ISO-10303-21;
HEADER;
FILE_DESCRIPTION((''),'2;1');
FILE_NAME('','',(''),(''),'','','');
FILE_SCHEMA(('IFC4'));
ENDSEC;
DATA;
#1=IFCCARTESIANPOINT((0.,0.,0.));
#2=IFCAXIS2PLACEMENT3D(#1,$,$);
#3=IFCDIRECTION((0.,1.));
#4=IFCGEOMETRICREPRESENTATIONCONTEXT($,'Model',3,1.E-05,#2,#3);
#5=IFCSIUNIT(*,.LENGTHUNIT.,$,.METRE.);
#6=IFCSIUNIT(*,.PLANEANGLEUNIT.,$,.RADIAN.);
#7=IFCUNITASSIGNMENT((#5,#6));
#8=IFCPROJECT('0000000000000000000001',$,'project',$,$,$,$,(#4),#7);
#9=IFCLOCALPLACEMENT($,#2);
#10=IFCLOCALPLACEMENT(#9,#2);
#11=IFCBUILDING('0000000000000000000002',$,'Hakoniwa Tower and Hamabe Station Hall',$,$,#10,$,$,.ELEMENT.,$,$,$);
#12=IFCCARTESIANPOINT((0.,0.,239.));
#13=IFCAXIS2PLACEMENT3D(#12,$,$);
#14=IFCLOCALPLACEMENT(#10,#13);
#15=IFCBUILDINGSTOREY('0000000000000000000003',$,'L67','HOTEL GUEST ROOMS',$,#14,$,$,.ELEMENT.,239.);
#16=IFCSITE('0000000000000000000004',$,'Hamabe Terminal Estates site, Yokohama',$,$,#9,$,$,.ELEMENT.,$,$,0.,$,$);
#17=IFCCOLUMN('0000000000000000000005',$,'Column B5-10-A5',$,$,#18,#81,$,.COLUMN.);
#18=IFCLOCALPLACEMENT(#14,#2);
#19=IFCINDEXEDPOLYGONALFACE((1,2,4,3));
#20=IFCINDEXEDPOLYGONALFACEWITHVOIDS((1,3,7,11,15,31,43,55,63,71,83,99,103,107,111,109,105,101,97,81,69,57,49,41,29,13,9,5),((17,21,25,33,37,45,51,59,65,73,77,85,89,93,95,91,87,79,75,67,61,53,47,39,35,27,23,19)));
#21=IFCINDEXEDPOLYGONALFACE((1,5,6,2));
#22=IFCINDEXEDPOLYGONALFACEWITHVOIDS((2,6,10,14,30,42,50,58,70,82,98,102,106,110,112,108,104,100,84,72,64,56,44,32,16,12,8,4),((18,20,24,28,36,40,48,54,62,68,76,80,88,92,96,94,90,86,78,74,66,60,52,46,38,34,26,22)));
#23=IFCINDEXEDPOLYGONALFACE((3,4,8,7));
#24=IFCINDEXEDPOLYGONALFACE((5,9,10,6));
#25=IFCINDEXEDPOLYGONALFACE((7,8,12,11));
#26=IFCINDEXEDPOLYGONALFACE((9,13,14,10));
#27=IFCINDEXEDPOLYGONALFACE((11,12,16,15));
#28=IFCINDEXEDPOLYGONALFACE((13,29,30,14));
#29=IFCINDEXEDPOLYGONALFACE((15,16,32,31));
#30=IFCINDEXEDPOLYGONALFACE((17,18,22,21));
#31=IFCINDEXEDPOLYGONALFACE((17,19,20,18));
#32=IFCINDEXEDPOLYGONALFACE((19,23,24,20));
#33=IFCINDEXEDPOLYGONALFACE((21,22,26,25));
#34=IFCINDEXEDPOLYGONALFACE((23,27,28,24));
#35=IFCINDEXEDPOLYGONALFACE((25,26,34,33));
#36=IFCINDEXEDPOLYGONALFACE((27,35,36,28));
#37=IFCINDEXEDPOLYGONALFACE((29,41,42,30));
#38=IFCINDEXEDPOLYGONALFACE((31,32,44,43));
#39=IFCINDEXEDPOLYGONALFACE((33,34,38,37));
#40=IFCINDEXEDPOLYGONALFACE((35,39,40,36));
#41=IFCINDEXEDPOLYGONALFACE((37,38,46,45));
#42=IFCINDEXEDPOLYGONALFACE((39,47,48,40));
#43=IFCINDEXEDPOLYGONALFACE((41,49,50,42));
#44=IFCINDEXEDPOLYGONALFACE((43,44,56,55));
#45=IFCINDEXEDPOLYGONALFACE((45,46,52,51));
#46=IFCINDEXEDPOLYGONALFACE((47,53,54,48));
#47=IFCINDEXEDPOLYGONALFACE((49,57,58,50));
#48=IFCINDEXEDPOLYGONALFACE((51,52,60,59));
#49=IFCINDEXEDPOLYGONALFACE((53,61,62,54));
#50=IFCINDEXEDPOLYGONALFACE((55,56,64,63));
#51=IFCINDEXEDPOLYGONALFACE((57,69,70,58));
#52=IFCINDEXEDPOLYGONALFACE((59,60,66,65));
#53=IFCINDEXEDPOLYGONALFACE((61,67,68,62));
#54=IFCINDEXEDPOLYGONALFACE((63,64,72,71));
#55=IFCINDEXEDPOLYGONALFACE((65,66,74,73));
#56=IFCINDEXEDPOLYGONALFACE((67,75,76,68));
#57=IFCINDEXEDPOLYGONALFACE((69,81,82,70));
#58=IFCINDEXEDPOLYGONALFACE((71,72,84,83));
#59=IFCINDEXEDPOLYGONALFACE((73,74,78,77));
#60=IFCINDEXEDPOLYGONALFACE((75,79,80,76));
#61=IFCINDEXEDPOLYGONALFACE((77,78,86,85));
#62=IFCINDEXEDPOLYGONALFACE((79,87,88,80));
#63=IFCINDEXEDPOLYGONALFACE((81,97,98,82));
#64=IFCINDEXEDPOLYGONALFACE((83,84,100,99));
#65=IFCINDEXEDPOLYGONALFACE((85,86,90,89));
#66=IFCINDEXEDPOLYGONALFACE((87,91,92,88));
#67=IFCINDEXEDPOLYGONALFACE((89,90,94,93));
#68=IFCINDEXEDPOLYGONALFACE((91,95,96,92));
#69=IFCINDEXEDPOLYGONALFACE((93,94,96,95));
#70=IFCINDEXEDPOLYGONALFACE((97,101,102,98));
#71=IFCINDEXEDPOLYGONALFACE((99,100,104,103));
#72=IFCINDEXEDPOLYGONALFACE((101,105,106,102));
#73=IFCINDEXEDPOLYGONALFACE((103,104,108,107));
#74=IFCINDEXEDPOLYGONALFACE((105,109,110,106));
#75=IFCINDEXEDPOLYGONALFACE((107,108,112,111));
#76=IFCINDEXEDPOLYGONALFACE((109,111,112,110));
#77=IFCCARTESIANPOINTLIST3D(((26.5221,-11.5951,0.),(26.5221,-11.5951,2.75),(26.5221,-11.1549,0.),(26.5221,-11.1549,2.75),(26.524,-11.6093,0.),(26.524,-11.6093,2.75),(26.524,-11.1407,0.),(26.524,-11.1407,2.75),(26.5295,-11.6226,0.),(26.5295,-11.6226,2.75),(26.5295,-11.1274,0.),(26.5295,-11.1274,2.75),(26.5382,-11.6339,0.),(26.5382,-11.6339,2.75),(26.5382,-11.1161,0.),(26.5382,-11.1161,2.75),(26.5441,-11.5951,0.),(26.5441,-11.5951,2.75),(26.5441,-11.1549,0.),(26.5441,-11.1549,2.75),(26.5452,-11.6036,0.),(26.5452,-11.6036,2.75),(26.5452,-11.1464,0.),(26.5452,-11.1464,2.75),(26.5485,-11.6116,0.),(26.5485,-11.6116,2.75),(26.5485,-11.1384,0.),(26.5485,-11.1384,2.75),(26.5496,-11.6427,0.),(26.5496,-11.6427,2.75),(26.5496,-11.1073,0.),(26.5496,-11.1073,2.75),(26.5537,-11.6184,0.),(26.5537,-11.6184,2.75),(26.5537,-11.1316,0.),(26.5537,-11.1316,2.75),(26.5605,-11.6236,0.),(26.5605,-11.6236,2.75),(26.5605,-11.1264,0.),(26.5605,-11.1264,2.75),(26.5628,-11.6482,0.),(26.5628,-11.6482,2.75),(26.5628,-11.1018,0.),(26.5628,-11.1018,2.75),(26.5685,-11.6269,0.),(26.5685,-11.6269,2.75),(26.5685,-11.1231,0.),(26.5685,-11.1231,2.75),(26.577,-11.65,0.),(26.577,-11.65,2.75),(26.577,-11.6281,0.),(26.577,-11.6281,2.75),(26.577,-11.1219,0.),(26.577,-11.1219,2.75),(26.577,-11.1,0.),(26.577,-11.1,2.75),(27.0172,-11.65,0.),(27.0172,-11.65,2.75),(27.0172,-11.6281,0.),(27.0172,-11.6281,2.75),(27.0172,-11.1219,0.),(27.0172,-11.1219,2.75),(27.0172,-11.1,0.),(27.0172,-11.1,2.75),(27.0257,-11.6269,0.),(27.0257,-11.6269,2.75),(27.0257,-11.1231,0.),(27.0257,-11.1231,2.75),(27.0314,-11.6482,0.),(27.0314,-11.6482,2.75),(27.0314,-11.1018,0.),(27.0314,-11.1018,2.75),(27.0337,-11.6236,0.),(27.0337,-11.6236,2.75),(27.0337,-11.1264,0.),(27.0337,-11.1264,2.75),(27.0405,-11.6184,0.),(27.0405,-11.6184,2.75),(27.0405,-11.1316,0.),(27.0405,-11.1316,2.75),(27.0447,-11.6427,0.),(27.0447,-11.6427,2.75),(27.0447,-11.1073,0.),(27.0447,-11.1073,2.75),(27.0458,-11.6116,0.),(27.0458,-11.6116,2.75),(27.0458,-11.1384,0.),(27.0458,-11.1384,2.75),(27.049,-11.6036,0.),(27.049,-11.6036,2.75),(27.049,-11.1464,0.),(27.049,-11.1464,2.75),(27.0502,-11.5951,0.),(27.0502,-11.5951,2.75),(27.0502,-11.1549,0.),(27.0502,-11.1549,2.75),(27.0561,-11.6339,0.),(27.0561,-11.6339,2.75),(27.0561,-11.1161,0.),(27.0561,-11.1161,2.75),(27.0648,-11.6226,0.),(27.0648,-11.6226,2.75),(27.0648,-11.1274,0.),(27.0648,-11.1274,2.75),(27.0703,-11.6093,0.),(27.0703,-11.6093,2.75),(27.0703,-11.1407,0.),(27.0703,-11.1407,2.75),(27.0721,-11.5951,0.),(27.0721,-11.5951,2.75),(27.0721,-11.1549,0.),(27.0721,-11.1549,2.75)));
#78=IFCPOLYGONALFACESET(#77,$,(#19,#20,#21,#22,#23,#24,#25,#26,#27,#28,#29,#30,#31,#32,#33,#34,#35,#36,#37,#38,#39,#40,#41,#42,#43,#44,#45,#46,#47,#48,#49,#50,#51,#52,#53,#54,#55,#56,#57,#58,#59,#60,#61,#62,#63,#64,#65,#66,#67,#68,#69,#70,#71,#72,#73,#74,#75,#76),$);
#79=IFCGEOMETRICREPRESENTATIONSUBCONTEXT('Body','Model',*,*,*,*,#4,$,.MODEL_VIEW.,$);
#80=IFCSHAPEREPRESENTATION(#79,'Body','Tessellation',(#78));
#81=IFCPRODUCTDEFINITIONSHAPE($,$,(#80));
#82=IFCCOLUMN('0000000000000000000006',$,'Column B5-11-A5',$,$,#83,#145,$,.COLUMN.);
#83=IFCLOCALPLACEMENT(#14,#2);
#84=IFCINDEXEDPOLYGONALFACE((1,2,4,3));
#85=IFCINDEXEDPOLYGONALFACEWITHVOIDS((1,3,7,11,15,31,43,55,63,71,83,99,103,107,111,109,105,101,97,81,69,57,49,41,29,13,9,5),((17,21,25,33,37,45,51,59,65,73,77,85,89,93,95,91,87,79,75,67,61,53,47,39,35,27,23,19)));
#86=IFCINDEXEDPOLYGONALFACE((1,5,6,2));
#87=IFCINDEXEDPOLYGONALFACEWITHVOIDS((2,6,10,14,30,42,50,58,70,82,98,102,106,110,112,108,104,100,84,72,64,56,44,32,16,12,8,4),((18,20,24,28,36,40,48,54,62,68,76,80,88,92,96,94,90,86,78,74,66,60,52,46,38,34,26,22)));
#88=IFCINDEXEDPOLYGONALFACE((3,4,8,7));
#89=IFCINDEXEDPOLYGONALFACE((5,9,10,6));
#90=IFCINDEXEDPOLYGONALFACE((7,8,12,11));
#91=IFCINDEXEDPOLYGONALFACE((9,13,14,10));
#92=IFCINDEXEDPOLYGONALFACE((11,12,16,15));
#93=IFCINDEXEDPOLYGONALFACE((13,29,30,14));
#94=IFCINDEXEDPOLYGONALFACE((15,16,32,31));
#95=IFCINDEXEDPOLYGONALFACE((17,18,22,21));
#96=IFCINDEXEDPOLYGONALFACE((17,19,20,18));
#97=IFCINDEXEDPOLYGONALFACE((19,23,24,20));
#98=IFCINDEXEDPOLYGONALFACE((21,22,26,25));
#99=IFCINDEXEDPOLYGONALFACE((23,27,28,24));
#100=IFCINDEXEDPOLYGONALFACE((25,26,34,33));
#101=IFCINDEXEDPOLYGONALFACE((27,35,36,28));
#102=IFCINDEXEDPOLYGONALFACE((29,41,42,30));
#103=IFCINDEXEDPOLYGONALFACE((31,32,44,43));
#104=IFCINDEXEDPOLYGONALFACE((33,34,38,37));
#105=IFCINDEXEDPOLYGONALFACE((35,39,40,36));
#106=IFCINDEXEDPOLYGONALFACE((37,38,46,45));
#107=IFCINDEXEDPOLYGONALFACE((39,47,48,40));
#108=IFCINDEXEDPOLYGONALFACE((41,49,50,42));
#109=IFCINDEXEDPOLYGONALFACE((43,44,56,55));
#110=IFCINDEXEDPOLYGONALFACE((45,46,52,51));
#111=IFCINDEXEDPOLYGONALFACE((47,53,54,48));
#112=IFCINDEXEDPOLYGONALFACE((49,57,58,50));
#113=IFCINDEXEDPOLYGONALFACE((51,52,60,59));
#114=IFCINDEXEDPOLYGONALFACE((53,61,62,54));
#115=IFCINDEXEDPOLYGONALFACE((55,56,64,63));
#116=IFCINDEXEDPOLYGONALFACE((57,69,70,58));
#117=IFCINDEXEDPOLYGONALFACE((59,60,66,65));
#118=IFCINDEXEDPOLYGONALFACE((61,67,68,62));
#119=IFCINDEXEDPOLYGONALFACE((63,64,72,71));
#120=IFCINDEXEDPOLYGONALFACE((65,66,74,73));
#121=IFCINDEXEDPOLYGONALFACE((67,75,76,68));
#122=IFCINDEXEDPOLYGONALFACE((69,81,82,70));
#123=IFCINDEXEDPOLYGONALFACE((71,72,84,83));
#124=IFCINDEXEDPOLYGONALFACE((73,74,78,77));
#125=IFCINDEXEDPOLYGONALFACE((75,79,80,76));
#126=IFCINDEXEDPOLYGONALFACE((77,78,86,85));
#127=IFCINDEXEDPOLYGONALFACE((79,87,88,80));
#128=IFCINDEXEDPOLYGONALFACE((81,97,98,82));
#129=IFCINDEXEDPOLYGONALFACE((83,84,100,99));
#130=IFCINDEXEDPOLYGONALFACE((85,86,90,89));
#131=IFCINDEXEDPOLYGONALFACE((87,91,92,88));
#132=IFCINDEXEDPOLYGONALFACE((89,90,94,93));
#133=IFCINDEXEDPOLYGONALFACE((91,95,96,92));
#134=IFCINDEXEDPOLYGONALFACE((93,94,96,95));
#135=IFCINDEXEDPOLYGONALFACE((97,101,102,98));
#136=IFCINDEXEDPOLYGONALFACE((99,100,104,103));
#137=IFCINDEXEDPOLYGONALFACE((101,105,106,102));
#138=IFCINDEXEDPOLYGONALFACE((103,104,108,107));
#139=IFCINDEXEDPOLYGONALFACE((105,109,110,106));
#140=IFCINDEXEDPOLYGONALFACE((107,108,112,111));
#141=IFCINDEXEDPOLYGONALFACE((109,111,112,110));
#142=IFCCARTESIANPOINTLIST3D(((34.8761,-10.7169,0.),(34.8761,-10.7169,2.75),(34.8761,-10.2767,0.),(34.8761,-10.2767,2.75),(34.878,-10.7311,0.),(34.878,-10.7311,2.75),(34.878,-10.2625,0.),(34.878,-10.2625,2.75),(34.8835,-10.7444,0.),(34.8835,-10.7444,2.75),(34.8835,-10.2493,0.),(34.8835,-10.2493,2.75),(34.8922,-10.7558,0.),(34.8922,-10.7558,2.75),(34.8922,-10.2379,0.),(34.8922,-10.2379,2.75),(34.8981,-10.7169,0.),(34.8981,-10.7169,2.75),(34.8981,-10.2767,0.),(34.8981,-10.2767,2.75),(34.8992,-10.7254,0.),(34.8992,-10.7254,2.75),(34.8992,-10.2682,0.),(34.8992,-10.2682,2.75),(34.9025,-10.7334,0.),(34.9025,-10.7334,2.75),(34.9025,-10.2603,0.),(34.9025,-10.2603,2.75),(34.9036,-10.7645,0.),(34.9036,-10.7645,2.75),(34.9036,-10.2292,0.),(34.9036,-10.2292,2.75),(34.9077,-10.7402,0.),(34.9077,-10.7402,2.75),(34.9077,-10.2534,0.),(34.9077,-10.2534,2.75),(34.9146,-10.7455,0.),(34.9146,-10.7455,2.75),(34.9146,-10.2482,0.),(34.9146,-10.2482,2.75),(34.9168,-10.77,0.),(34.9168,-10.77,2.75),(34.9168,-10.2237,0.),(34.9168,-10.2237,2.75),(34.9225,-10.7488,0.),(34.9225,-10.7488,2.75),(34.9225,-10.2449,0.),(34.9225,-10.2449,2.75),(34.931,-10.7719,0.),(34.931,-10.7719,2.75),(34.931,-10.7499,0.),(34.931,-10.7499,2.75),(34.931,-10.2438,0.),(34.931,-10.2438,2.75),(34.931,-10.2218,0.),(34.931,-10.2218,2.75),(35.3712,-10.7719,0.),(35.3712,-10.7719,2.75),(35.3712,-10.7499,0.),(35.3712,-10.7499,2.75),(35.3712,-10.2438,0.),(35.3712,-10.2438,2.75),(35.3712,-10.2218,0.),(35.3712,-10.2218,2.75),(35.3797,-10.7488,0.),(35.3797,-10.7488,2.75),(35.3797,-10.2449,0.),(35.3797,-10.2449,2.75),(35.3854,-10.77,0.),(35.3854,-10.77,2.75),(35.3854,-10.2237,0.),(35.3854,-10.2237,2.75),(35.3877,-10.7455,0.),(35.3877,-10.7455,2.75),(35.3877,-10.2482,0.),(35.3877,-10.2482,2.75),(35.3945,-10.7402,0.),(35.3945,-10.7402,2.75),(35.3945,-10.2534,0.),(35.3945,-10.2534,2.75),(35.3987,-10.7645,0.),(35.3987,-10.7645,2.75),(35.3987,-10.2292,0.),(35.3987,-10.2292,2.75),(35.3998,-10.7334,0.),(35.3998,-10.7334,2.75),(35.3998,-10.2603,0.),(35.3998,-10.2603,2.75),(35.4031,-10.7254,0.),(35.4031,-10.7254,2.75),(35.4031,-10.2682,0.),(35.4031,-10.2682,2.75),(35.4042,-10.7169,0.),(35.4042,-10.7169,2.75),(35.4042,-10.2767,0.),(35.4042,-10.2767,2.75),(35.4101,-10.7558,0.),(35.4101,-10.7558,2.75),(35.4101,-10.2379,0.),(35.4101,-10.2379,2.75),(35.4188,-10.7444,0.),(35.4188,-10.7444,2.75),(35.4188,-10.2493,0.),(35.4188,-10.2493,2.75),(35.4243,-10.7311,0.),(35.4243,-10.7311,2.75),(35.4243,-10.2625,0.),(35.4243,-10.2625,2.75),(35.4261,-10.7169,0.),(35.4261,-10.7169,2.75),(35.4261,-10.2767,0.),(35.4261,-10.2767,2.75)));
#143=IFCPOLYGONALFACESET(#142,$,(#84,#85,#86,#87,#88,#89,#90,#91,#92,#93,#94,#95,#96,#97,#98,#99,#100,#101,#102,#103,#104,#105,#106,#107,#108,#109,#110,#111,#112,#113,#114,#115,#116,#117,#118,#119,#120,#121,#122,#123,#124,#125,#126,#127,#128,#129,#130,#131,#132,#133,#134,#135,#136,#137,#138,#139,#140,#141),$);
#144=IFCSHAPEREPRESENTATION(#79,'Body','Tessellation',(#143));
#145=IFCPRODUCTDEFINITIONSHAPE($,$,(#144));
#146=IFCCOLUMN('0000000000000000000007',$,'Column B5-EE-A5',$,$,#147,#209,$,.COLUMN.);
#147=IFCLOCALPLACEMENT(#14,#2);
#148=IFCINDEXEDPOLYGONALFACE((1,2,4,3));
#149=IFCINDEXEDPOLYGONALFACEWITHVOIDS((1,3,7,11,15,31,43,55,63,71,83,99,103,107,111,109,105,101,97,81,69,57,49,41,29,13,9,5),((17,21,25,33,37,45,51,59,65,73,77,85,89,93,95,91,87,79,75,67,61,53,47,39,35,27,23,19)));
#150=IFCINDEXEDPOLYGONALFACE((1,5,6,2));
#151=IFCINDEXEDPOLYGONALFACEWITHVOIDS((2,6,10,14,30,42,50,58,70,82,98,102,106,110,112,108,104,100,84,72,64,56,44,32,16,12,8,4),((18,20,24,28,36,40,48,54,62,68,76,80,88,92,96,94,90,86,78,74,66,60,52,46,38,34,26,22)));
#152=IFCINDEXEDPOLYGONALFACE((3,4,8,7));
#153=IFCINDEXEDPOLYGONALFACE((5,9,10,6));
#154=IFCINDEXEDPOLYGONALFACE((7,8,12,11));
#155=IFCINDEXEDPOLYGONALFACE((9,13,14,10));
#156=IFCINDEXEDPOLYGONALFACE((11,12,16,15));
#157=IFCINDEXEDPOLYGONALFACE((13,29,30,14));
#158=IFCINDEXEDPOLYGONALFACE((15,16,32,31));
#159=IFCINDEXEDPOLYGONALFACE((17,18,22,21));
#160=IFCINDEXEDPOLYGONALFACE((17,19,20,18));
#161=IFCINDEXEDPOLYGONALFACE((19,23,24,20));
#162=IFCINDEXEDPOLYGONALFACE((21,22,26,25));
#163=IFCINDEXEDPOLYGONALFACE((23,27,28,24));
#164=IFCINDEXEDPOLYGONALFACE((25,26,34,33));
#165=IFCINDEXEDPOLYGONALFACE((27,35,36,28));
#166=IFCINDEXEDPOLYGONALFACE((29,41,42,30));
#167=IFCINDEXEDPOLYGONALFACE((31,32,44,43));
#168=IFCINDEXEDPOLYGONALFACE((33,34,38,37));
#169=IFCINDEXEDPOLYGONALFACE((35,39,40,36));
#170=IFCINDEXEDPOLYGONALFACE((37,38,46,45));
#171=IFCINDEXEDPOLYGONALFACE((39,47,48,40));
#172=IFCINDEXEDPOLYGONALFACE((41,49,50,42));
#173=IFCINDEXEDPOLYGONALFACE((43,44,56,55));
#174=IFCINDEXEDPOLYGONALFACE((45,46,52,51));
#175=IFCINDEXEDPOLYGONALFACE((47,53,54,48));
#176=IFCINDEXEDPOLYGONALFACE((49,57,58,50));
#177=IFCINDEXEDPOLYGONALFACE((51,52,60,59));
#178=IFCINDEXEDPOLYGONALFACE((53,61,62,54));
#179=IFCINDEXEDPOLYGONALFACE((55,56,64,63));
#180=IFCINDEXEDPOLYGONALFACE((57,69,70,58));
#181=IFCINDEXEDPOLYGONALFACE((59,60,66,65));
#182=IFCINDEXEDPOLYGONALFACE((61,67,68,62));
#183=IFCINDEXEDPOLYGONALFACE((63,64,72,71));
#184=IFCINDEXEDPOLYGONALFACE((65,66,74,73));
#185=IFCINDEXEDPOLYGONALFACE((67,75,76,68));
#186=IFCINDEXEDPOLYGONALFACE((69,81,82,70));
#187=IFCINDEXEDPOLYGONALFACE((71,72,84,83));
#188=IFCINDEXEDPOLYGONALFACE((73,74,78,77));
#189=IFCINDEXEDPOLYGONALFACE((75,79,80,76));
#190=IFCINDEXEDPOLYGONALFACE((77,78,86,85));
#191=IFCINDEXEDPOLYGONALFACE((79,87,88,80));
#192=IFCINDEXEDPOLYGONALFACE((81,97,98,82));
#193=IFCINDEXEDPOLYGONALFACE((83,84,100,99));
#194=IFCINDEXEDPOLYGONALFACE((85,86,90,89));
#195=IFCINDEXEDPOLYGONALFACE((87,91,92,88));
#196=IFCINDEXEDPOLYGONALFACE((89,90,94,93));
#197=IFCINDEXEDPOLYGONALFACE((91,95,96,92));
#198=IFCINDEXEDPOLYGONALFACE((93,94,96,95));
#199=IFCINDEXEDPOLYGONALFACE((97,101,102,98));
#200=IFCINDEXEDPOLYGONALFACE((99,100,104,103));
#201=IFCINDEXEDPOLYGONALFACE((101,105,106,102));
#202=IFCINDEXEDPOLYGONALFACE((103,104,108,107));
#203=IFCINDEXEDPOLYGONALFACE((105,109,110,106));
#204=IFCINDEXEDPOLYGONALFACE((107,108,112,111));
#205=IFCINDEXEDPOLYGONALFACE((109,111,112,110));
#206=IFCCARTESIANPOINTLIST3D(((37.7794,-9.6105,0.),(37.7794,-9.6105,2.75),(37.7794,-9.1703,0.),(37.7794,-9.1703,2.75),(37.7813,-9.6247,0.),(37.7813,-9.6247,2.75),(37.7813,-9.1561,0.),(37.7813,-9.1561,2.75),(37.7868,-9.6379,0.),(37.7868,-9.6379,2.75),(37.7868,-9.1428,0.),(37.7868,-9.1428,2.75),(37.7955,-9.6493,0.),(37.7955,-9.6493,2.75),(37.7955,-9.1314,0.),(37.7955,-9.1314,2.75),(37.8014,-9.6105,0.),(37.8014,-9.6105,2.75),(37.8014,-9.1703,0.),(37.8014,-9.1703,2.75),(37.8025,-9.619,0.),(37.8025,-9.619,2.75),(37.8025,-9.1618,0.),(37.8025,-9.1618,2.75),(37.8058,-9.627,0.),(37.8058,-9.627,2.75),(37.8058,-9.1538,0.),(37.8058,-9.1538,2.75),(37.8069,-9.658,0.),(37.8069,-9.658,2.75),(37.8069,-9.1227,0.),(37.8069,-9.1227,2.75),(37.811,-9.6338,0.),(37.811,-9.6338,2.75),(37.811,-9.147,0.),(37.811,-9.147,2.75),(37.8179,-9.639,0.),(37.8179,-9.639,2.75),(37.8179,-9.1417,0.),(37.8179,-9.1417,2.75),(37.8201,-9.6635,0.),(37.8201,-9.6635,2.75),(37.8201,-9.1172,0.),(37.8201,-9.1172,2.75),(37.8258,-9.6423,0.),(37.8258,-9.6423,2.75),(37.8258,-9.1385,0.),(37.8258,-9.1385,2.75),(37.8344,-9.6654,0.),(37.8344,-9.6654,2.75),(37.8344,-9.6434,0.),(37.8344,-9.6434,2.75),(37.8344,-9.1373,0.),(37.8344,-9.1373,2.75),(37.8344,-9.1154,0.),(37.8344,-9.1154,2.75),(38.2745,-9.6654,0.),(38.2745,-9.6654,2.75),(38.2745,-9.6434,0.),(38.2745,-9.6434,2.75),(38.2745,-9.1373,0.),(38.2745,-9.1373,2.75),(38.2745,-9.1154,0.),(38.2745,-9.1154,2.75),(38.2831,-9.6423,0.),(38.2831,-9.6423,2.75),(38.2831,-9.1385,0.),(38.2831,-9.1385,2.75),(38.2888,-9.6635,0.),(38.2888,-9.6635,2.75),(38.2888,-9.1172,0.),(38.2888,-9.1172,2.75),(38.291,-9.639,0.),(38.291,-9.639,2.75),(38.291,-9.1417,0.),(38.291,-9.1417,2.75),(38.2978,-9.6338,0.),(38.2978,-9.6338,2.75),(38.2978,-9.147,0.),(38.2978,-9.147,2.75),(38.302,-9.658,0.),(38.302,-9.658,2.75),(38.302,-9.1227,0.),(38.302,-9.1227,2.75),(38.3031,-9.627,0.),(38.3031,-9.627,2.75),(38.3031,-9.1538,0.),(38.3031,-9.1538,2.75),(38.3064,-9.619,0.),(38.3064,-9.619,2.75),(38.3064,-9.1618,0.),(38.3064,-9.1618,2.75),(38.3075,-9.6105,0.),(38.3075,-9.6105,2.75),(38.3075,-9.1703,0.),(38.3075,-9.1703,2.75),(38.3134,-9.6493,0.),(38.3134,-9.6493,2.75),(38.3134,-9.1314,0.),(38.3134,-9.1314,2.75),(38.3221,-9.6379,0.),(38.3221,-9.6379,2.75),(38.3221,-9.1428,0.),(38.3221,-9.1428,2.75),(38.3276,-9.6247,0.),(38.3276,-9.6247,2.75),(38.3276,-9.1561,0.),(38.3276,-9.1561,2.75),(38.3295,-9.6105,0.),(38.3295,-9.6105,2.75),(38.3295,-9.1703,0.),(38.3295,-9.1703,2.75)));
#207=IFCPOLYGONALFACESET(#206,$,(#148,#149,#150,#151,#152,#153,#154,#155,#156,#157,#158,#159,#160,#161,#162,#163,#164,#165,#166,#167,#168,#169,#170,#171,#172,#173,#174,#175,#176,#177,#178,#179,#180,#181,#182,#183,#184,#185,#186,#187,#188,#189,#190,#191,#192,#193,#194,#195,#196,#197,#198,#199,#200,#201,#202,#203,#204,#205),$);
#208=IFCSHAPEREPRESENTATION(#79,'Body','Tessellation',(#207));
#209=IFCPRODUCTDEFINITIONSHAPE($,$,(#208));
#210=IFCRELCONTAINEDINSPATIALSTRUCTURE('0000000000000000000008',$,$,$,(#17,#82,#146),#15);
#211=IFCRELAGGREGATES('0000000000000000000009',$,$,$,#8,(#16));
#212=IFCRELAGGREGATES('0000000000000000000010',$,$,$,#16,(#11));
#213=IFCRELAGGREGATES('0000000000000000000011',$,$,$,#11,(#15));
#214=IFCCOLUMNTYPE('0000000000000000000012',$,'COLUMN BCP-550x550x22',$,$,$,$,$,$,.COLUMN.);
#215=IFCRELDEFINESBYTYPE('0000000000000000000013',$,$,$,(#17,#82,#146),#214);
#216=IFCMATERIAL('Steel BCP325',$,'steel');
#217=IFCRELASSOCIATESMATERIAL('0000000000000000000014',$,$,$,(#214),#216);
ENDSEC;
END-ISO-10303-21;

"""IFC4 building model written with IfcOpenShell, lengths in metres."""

from ifc_helpers import new_model, si_unit, direction, frame, origin, origin_2d, place, context, subcontext, project, spatial, hollow_rectangle, extrude, material, material_profile, profile_set, type_object, element, save


model = new_model("IFC4")

# Units and contexts
model_context = context("Model", 3, precision=1e-05, world=origin(), true_north=direction((0.0, 1.0)))
body_context = subcontext(model_context, "Body", "Model", "MODEL_VIEW")
ifc_project = project(units=[si_unit("LENGTHUNIT", "METRE"), si_unit("PLANEANGLEUNIT", "RADIAN")], contexts=[model_context])

# Site, building, storey
site_placement = place(None, origin())
site = spatial("IfcSite", under=ifc_project, at=site_placement, Name="Hamabe Terminal Estates site, Yokohama", CompositionType="ELEMENT", RefElevation=0.0)
building_placement = place(site_placement, origin())
building = spatial("IfcBuilding", under=site, at=building_placement, Name="Hakoniwa Tower and Hamabe Station Hall", CompositionType="ELEMENT")
storey_placement = place(building_placement, frame((0.0, 0.0, 239.0)))
storey = spatial("IfcBuildingStorey", under=building, at=storey_placement, Name="L67", Description="HOTEL GUEST ROOMS", CompositionType="ELEMENT", Elevation=239.0)

# Columns
ifc_material_1 = material(Name="Steel BCP325", Category="steel")
ifc_material_profile_1 = material_profile(ifc_material_1, hollow_rectangle(XDim=0.55, YDim=0.55, WallThickness=0.022, InnerFilletRadius=0.033, OuterFilletRadius=0.0549, at=origin_2d()), Name="BCP-550x550x22")
ifc_profile_set_1 = profile_set([ifc_material_profile_1], Name="Steel BCP325")
column_type = type_object("IfcColumnType", Name="COLUMN BCP-550x550x22", PredefinedType="COLUMN", material=ifc_profile_set_1)
for number, where, z_axis, x_axis, name in (
    (1, (26.7971, -11.375, 0.0), (0.0, 0.0, 1.0), (1.0, 0.0, 0.0), "Column B5-10-A5"),
    (2, (35.1511, -10.4968, 0.0), (0.0, 0.0, 1.0), (1.0, 0.0, 0.0), "Column B5-11-A5"),
    (3, (38.0544, -9.3904, 0.0), (0.0, 0.0, 1.0), (1.0, 0.0, 0.0), "Column B5-EE-A5"),
):
    element("IfcColumn", number, at=place(storey_placement, frame(where, z_axis=z_axis, x_axis=x_axis)), inside=storey, type_object=column_type, Name=name, PredefinedType="COLUMN", context=body_context, shape_type="SweptSolid", body=[
        extrude(hollow_rectangle(XDim=0.55, YDim=0.55, WallThickness=0.022, InnerFilletRadius=0.033, OuterFilletRadius=0.0549, at=origin_2d()), origin(), (0.0, 0.0, 1.0), 2.75),
    ])

save(model, "model.ifc")
